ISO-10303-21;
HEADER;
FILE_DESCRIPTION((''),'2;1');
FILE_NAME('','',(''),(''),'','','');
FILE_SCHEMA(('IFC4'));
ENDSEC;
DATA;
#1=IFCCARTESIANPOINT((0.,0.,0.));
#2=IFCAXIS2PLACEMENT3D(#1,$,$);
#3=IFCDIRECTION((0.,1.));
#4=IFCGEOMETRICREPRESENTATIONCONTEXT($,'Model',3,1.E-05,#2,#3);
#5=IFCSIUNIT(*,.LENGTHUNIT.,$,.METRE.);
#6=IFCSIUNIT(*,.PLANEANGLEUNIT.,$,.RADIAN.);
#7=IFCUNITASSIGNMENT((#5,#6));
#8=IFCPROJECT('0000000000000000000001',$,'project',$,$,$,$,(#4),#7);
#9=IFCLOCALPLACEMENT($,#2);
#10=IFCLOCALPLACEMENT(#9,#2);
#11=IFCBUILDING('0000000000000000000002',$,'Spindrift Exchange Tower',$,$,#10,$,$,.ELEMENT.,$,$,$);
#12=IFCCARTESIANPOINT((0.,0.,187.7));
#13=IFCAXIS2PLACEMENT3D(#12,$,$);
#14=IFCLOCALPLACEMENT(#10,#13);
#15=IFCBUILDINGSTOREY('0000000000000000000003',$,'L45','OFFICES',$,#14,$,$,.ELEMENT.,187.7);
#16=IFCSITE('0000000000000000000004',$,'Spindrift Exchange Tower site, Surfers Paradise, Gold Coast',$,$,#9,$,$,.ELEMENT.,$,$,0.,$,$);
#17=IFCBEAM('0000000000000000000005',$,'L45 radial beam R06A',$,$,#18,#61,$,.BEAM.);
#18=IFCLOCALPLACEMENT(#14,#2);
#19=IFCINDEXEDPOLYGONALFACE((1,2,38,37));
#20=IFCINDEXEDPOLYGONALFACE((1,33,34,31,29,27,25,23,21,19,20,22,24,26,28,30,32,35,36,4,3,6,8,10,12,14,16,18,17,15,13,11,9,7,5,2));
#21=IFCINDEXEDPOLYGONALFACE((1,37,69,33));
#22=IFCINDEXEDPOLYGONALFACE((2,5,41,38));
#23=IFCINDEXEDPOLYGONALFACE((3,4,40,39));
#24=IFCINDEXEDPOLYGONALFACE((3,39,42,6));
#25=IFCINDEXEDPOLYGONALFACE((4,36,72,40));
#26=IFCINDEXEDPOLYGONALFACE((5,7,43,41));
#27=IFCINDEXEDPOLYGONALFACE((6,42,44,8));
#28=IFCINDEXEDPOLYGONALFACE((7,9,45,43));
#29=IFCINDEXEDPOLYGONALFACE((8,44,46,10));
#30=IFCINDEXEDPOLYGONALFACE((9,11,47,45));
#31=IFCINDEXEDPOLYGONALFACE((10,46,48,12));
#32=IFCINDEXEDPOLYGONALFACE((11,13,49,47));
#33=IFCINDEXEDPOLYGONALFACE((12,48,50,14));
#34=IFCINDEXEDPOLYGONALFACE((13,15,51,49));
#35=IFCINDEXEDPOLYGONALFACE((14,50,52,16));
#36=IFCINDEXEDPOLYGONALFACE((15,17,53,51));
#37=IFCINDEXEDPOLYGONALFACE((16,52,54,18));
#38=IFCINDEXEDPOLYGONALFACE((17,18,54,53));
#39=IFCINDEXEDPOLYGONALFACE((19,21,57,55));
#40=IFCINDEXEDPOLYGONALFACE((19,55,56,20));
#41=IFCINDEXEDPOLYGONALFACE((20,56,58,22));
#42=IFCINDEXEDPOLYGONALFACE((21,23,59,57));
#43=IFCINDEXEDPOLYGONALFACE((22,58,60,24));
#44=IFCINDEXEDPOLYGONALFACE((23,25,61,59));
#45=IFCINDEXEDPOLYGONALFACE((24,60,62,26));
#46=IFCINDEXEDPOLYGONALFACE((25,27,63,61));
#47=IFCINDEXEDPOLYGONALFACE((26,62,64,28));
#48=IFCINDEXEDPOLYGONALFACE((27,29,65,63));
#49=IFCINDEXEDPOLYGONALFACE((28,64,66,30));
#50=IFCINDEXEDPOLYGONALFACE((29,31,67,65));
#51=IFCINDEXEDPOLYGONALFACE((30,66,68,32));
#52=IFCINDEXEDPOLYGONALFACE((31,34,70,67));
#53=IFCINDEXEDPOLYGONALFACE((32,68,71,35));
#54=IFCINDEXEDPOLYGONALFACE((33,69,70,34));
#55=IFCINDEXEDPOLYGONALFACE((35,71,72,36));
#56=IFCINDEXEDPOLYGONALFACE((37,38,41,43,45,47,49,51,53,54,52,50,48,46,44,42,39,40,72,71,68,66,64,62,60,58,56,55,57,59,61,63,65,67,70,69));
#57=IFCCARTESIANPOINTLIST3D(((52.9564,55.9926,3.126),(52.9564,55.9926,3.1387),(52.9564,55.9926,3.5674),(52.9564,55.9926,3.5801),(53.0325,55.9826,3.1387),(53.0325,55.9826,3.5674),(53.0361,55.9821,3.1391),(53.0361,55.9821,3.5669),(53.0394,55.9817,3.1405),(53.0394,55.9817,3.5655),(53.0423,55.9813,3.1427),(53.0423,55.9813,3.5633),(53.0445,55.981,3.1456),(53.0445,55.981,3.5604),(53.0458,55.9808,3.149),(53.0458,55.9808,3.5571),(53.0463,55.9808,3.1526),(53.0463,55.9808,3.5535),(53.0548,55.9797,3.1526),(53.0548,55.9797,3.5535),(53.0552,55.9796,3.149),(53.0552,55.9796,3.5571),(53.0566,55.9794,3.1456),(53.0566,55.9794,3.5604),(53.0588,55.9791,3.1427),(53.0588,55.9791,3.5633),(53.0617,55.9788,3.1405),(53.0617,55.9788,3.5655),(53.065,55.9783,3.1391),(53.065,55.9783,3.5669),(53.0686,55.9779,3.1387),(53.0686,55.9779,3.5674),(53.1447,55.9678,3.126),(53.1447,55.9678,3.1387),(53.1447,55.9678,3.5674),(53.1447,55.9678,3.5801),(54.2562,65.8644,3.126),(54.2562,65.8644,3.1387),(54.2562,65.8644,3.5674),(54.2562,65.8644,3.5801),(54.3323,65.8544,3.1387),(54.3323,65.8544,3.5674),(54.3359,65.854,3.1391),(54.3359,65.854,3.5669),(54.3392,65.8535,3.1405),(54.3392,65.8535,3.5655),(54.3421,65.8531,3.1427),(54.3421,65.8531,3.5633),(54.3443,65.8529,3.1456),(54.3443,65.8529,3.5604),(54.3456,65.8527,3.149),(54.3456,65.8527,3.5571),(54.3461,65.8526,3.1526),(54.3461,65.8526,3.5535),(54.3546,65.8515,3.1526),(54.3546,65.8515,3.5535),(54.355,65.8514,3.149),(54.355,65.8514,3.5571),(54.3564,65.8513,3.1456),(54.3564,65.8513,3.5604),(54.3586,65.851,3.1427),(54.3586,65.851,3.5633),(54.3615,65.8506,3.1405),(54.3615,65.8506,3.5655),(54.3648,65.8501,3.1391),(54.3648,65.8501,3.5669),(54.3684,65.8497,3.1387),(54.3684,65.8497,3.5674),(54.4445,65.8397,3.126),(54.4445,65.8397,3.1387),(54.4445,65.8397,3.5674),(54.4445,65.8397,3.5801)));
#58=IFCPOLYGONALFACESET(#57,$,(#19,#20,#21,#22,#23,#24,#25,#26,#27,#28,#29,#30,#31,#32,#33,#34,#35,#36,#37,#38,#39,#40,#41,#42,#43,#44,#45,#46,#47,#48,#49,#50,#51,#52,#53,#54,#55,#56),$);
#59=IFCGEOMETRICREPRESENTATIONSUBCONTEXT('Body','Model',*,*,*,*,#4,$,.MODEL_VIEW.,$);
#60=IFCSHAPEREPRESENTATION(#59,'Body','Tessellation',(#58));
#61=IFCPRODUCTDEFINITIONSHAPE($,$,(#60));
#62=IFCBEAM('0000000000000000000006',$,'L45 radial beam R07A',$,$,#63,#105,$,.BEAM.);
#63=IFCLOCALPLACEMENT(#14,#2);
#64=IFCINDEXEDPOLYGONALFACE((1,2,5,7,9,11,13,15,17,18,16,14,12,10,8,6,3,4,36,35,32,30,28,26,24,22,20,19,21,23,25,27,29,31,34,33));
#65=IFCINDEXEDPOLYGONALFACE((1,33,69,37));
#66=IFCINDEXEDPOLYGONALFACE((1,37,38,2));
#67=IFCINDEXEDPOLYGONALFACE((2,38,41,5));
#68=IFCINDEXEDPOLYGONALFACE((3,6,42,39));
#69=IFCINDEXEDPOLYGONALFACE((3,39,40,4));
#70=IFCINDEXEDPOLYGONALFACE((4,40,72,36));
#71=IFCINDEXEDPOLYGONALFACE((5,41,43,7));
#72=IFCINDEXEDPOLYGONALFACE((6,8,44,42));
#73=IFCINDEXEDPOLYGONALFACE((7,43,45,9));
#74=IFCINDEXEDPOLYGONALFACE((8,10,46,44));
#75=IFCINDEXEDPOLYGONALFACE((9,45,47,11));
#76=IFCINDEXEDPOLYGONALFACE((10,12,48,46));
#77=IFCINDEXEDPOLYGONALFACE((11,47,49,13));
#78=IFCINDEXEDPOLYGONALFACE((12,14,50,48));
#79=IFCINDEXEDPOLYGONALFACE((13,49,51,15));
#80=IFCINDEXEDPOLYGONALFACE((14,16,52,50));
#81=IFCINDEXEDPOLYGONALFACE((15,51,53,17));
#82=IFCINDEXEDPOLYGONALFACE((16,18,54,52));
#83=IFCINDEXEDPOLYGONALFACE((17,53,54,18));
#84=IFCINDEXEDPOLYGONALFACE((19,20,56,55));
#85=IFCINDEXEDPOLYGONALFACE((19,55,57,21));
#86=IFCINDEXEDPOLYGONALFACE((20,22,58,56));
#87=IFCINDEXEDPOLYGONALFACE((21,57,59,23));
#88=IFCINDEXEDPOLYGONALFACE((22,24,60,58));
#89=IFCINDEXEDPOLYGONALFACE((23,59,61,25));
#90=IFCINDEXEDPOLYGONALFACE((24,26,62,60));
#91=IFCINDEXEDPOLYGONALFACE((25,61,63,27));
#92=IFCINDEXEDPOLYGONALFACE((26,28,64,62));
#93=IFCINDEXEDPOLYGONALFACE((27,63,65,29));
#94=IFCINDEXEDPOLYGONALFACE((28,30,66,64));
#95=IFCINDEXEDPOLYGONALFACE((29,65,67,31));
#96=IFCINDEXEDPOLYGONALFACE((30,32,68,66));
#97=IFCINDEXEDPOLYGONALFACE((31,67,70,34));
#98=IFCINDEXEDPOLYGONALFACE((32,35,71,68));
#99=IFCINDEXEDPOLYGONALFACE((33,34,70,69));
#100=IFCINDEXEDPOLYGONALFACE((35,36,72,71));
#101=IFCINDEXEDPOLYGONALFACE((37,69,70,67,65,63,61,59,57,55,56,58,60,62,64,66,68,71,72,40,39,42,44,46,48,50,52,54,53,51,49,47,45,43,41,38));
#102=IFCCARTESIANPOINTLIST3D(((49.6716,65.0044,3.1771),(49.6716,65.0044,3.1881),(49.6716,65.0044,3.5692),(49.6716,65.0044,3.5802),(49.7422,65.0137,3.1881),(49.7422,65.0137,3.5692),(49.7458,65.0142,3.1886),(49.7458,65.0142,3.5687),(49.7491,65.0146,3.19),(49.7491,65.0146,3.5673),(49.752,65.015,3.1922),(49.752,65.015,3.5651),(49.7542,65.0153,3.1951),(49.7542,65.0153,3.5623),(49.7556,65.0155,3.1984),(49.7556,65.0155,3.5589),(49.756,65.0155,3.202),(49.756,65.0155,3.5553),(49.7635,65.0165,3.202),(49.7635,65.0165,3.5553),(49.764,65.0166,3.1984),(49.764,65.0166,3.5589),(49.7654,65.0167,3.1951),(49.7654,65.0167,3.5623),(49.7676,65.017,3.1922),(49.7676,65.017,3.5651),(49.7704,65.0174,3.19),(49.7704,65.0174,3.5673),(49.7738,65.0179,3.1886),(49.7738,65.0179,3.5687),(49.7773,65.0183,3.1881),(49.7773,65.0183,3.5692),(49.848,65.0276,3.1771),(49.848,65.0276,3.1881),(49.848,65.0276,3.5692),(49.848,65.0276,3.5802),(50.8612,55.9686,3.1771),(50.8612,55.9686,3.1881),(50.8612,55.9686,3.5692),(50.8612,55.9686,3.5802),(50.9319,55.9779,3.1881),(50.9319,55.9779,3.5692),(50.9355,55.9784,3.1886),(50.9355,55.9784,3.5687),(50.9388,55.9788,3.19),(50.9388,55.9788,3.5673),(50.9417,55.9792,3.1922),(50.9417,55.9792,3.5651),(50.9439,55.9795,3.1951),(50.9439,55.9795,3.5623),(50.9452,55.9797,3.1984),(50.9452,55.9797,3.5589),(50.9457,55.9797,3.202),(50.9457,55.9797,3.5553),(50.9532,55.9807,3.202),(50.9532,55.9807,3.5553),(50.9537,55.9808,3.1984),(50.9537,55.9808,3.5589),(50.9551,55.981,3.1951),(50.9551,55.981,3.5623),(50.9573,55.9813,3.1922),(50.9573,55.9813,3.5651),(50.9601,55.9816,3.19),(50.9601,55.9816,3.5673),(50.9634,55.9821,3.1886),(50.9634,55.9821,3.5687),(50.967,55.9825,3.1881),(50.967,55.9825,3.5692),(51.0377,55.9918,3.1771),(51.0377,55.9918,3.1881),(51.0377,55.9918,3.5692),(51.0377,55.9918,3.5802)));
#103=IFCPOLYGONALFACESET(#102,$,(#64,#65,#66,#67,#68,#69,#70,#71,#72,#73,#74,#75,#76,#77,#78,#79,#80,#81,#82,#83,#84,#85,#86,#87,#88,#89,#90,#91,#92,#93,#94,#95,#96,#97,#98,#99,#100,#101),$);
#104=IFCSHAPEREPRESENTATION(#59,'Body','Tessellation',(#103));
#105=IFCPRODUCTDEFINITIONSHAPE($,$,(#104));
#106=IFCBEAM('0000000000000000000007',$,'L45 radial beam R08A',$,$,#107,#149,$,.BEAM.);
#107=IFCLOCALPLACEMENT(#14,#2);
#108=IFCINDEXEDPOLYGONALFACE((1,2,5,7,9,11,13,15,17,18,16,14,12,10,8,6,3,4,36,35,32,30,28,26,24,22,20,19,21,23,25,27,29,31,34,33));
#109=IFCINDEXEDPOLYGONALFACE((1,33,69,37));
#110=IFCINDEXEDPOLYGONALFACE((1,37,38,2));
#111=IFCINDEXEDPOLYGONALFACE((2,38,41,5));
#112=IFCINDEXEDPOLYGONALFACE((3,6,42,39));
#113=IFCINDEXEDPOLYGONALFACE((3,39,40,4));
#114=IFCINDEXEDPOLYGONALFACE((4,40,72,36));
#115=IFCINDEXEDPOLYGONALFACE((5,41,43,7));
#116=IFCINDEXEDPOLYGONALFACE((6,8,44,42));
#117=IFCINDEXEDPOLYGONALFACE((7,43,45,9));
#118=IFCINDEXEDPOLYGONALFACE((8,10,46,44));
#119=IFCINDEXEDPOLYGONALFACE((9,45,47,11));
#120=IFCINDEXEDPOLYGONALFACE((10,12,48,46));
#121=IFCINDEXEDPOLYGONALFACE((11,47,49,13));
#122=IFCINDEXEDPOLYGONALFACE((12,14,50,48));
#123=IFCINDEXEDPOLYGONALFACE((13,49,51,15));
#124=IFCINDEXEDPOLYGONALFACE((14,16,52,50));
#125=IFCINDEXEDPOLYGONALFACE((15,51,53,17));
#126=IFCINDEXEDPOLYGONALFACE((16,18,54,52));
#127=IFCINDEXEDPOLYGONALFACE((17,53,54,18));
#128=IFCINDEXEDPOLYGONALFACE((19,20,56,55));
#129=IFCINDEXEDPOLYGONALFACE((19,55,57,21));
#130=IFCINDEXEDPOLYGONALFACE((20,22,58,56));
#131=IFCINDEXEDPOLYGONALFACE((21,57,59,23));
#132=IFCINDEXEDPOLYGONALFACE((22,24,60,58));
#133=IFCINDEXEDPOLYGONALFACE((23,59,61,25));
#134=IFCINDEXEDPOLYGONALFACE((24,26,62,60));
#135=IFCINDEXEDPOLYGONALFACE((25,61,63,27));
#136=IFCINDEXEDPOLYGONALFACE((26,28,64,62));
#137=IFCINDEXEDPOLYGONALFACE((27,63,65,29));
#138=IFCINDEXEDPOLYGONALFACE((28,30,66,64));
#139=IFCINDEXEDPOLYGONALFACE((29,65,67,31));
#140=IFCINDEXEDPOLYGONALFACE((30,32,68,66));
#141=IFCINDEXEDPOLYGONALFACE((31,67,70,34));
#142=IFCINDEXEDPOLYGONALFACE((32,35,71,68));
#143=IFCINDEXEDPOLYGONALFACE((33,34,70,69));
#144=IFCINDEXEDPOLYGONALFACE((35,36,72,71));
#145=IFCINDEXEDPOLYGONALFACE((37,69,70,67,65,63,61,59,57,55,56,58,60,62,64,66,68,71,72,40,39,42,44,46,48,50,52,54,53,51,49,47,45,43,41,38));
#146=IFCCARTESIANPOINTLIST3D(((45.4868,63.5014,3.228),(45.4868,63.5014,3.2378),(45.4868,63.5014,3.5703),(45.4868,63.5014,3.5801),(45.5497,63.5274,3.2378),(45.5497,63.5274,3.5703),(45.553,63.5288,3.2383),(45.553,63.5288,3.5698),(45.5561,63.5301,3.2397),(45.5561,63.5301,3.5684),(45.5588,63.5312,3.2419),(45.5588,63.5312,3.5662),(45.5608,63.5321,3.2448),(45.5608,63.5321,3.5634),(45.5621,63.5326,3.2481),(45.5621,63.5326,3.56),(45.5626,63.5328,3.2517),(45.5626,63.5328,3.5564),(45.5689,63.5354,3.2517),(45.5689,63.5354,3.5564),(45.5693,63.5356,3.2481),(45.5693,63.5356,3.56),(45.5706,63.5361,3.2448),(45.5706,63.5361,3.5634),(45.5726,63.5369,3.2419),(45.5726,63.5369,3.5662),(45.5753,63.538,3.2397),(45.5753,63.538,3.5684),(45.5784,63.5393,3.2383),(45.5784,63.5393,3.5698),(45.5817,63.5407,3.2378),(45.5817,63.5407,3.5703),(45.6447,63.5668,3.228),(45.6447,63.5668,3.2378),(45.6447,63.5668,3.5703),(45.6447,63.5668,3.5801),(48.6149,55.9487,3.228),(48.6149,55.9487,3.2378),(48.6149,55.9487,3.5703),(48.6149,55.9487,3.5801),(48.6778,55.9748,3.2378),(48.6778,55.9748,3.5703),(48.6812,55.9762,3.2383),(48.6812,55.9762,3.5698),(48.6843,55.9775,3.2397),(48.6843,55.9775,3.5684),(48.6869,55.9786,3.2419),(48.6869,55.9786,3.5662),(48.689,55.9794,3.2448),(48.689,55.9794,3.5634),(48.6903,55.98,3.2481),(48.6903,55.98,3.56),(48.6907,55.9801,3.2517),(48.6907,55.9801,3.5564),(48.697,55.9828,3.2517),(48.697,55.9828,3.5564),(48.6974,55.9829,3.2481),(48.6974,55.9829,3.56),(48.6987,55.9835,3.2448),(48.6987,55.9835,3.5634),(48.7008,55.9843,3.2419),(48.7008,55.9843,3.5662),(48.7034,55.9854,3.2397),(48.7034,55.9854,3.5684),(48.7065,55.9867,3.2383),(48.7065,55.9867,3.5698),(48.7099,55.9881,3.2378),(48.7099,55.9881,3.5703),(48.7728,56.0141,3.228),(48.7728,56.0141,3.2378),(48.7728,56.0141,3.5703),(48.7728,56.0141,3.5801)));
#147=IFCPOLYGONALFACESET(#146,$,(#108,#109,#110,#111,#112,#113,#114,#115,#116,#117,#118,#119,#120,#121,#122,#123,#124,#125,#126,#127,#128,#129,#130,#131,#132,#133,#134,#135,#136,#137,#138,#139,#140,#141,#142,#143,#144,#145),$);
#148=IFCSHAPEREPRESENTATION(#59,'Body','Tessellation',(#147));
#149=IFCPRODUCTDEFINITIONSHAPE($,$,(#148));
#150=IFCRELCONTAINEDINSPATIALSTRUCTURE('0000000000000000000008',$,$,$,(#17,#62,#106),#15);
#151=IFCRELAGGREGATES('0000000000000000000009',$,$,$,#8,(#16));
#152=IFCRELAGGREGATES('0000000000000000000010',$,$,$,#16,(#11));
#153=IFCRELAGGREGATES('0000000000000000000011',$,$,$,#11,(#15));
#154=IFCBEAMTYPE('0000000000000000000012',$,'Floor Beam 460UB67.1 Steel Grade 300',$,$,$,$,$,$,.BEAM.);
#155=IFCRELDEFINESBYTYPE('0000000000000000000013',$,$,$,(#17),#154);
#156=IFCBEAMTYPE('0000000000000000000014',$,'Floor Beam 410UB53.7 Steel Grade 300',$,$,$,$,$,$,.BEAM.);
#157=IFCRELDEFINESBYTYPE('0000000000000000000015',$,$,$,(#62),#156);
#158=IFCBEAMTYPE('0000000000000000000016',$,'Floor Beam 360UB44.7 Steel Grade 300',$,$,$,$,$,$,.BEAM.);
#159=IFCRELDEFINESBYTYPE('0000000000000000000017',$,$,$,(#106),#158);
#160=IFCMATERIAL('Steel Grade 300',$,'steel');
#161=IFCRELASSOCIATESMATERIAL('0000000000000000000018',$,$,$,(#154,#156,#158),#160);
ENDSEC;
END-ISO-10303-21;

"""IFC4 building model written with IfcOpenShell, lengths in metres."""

from ifc_helpers import new_model, si_unit, direction, frame, origin, origin_2d, place, context, subcontext, project, spatial, i_section, extrude, source, transform, mapped, material, material_profile, profile_set, type_object, element, save


model = new_model("IFC4")

# Units and contexts
model_context = context("Model", 3, precision=1e-05, world=origin(), true_north=direction((0.0, 1.0)))
body_context = subcontext(model_context, "Body", "Model", "MODEL_VIEW")
ifc_project = project(units=[si_unit("LENGTHUNIT", "METRE"), si_unit("PLANEANGLEUNIT", "RADIAN")], contexts=[model_context])

# Site, building, storey
site_placement = place(None, origin())
site = spatial("IfcSite", under=ifc_project, at=site_placement, Name="Spindrift Exchange Tower site, Surfers Paradise, Gold Coast", CompositionType="ELEMENT", RefElevation=0.0)
building_placement = place(site_placement, origin())
building = spatial("IfcBuilding", under=site, at=building_placement, Name="Spindrift Exchange Tower", CompositionType="ELEMENT")
storey_placement = place(building_placement, frame((0.0, 0.0, 187.7)))
storey = spatial("IfcBuildingStorey", under=building, at=storey_placement, Name="L45", Description="OFFICES", CompositionType="ELEMENT", Elevation=187.7)

# Beams
ifc_material_1 = material(Name="Steel Grade 300", Category="steel")
ifc_material_profile_1 = material_profile(ifc_material_1, i_section(OverallWidth=0.1899, OverallDepth=0.4541, WebThickness=0.0085, FlangeThickness=0.0127, FilletRadius=0.0139, at=origin_2d()), Name="460UB67.1")
ifc_profile_set_1 = profile_set([ifc_material_profile_1], Name="Steel Grade 300")
beam_type_1 = type_object("IfcBeamType", Name="Floor Beam 460UB67.1 Steel Grade 300", PredefinedType="BEAM", material=ifc_profile_set_1)
shared_shape_1 = source(origin(), body_context, "Body", "SweptSolid", [
    extrude(i_section(OverallWidth=0.1899, OverallDepth=0.4541, WebThickness=0.0085, FlangeThickness=0.0127, FilletRadius=0.0139, at=origin_2d()), origin(), (0.0, 0.0, 1.0), 9.957),
])
beam_1_placement = place(storey_placement, frame((53.0505, 55.9802, 3.353), z_axis=(0.130541, 0.991443, 0.0), x_axis=(-0.991443, 0.130541, 0.0)))
element("IfcBeam", 1, at=beam_1_placement, inside=storey, type_object=beam_type_1, Name="L45 radial beam R06A", PredefinedType="BEAM", context=body_context, shape_type="MappedRepresentation", body=[
    mapped(shared_shape_1, transform((0.0, 0.0, 0.0), scale=1.0)),
])
ifc_material_profile_2 = material_profile(ifc_material_1, i_section(OverallWidth=0.178, OverallDepth=0.4031, WebThickness=0.0076, FlangeThickness=0.011, FilletRadius=0.0139, at=origin_2d()), Name="410UB53.7")
ifc_profile_set_2 = profile_set([ifc_material_profile_2], Name="Steel Grade 300")
beam_type_2 = type_object("IfcBeamType", Name="Floor Beam 410UB53.7 Steel Grade 300", PredefinedType="BEAM", material=ifc_profile_set_2)
shared_shape_2 = source(origin(), body_context, "Body", "SweptSolid", [
    extrude(i_section(OverallWidth=0.178, OverallDepth=0.4031, WebThickness=0.0076, FlangeThickness=0.011, FilletRadius=0.0139, at=origin_2d()), origin(), (0.0, 0.0, 1.0), 9.1138),
])
beam_2_placement = place(storey_placement, frame((50.9495, 55.9802, 3.3787), z_axis=(-0.130537, 0.991443, 0.0), x_axis=(-0.991443, -0.130537, 0.0)))
element("IfcBeam", 2, at=beam_2_placement, inside=storey, type_object=beam_type_2, Name="L45 radial beam R07A", PredefinedType="BEAM", context=body_context, shape_type="MappedRepresentation", body=[
    mapped(shared_shape_2, transform((0.0, 0.0, 0.0), scale=1.0)),
])
ifc_material_profile_3 = material_profile(ifc_material_1, i_section(OverallWidth=0.1709, OverallDepth=0.3521, WebThickness=0.0068, FlangeThickness=0.0098, FilletRadius=0.0139, at=origin_2d()), Name="360UB44.7")
ifc_profile_set_3 = profile_set([ifc_material_profile_3], Name="Steel Grade 300")
beam_type_3 = type_object("IfcBeamType", Name="Floor Beam 360UB44.7 Steel Grade 300", PredefinedType="BEAM", material=ifc_profile_set_3)
shared_shape_3 = source(origin(), body_context, "Body", "SweptSolid", [
    extrude(i_section(OverallWidth=0.1709, OverallDepth=0.3521, WebThickness=0.0068, FlangeThickness=0.0098, FilletRadius=0.0139, at=origin_2d()), origin(), (0.0, 0.0, 1.0), 8.1748),
])
beam_3_placement = place(storey_placement, frame((48.6938, 55.9814, 3.4041), z_axis=(-0.382655, 0.923891, 0.0), x_axis=(-0.923891, -0.382655, 0.0)))
element("IfcBeam", 3, at=beam_3_placement, inside=storey, type_object=beam_type_3, Name="L45 radial beam R08A", PredefinedType="BEAM", context=body_context, shape_type="MappedRepresentation", body=[
    mapped(shared_shape_3, transform((0.0, 0.0, 0.0), scale=1.0)),
])

save(model, "model.ifc")
